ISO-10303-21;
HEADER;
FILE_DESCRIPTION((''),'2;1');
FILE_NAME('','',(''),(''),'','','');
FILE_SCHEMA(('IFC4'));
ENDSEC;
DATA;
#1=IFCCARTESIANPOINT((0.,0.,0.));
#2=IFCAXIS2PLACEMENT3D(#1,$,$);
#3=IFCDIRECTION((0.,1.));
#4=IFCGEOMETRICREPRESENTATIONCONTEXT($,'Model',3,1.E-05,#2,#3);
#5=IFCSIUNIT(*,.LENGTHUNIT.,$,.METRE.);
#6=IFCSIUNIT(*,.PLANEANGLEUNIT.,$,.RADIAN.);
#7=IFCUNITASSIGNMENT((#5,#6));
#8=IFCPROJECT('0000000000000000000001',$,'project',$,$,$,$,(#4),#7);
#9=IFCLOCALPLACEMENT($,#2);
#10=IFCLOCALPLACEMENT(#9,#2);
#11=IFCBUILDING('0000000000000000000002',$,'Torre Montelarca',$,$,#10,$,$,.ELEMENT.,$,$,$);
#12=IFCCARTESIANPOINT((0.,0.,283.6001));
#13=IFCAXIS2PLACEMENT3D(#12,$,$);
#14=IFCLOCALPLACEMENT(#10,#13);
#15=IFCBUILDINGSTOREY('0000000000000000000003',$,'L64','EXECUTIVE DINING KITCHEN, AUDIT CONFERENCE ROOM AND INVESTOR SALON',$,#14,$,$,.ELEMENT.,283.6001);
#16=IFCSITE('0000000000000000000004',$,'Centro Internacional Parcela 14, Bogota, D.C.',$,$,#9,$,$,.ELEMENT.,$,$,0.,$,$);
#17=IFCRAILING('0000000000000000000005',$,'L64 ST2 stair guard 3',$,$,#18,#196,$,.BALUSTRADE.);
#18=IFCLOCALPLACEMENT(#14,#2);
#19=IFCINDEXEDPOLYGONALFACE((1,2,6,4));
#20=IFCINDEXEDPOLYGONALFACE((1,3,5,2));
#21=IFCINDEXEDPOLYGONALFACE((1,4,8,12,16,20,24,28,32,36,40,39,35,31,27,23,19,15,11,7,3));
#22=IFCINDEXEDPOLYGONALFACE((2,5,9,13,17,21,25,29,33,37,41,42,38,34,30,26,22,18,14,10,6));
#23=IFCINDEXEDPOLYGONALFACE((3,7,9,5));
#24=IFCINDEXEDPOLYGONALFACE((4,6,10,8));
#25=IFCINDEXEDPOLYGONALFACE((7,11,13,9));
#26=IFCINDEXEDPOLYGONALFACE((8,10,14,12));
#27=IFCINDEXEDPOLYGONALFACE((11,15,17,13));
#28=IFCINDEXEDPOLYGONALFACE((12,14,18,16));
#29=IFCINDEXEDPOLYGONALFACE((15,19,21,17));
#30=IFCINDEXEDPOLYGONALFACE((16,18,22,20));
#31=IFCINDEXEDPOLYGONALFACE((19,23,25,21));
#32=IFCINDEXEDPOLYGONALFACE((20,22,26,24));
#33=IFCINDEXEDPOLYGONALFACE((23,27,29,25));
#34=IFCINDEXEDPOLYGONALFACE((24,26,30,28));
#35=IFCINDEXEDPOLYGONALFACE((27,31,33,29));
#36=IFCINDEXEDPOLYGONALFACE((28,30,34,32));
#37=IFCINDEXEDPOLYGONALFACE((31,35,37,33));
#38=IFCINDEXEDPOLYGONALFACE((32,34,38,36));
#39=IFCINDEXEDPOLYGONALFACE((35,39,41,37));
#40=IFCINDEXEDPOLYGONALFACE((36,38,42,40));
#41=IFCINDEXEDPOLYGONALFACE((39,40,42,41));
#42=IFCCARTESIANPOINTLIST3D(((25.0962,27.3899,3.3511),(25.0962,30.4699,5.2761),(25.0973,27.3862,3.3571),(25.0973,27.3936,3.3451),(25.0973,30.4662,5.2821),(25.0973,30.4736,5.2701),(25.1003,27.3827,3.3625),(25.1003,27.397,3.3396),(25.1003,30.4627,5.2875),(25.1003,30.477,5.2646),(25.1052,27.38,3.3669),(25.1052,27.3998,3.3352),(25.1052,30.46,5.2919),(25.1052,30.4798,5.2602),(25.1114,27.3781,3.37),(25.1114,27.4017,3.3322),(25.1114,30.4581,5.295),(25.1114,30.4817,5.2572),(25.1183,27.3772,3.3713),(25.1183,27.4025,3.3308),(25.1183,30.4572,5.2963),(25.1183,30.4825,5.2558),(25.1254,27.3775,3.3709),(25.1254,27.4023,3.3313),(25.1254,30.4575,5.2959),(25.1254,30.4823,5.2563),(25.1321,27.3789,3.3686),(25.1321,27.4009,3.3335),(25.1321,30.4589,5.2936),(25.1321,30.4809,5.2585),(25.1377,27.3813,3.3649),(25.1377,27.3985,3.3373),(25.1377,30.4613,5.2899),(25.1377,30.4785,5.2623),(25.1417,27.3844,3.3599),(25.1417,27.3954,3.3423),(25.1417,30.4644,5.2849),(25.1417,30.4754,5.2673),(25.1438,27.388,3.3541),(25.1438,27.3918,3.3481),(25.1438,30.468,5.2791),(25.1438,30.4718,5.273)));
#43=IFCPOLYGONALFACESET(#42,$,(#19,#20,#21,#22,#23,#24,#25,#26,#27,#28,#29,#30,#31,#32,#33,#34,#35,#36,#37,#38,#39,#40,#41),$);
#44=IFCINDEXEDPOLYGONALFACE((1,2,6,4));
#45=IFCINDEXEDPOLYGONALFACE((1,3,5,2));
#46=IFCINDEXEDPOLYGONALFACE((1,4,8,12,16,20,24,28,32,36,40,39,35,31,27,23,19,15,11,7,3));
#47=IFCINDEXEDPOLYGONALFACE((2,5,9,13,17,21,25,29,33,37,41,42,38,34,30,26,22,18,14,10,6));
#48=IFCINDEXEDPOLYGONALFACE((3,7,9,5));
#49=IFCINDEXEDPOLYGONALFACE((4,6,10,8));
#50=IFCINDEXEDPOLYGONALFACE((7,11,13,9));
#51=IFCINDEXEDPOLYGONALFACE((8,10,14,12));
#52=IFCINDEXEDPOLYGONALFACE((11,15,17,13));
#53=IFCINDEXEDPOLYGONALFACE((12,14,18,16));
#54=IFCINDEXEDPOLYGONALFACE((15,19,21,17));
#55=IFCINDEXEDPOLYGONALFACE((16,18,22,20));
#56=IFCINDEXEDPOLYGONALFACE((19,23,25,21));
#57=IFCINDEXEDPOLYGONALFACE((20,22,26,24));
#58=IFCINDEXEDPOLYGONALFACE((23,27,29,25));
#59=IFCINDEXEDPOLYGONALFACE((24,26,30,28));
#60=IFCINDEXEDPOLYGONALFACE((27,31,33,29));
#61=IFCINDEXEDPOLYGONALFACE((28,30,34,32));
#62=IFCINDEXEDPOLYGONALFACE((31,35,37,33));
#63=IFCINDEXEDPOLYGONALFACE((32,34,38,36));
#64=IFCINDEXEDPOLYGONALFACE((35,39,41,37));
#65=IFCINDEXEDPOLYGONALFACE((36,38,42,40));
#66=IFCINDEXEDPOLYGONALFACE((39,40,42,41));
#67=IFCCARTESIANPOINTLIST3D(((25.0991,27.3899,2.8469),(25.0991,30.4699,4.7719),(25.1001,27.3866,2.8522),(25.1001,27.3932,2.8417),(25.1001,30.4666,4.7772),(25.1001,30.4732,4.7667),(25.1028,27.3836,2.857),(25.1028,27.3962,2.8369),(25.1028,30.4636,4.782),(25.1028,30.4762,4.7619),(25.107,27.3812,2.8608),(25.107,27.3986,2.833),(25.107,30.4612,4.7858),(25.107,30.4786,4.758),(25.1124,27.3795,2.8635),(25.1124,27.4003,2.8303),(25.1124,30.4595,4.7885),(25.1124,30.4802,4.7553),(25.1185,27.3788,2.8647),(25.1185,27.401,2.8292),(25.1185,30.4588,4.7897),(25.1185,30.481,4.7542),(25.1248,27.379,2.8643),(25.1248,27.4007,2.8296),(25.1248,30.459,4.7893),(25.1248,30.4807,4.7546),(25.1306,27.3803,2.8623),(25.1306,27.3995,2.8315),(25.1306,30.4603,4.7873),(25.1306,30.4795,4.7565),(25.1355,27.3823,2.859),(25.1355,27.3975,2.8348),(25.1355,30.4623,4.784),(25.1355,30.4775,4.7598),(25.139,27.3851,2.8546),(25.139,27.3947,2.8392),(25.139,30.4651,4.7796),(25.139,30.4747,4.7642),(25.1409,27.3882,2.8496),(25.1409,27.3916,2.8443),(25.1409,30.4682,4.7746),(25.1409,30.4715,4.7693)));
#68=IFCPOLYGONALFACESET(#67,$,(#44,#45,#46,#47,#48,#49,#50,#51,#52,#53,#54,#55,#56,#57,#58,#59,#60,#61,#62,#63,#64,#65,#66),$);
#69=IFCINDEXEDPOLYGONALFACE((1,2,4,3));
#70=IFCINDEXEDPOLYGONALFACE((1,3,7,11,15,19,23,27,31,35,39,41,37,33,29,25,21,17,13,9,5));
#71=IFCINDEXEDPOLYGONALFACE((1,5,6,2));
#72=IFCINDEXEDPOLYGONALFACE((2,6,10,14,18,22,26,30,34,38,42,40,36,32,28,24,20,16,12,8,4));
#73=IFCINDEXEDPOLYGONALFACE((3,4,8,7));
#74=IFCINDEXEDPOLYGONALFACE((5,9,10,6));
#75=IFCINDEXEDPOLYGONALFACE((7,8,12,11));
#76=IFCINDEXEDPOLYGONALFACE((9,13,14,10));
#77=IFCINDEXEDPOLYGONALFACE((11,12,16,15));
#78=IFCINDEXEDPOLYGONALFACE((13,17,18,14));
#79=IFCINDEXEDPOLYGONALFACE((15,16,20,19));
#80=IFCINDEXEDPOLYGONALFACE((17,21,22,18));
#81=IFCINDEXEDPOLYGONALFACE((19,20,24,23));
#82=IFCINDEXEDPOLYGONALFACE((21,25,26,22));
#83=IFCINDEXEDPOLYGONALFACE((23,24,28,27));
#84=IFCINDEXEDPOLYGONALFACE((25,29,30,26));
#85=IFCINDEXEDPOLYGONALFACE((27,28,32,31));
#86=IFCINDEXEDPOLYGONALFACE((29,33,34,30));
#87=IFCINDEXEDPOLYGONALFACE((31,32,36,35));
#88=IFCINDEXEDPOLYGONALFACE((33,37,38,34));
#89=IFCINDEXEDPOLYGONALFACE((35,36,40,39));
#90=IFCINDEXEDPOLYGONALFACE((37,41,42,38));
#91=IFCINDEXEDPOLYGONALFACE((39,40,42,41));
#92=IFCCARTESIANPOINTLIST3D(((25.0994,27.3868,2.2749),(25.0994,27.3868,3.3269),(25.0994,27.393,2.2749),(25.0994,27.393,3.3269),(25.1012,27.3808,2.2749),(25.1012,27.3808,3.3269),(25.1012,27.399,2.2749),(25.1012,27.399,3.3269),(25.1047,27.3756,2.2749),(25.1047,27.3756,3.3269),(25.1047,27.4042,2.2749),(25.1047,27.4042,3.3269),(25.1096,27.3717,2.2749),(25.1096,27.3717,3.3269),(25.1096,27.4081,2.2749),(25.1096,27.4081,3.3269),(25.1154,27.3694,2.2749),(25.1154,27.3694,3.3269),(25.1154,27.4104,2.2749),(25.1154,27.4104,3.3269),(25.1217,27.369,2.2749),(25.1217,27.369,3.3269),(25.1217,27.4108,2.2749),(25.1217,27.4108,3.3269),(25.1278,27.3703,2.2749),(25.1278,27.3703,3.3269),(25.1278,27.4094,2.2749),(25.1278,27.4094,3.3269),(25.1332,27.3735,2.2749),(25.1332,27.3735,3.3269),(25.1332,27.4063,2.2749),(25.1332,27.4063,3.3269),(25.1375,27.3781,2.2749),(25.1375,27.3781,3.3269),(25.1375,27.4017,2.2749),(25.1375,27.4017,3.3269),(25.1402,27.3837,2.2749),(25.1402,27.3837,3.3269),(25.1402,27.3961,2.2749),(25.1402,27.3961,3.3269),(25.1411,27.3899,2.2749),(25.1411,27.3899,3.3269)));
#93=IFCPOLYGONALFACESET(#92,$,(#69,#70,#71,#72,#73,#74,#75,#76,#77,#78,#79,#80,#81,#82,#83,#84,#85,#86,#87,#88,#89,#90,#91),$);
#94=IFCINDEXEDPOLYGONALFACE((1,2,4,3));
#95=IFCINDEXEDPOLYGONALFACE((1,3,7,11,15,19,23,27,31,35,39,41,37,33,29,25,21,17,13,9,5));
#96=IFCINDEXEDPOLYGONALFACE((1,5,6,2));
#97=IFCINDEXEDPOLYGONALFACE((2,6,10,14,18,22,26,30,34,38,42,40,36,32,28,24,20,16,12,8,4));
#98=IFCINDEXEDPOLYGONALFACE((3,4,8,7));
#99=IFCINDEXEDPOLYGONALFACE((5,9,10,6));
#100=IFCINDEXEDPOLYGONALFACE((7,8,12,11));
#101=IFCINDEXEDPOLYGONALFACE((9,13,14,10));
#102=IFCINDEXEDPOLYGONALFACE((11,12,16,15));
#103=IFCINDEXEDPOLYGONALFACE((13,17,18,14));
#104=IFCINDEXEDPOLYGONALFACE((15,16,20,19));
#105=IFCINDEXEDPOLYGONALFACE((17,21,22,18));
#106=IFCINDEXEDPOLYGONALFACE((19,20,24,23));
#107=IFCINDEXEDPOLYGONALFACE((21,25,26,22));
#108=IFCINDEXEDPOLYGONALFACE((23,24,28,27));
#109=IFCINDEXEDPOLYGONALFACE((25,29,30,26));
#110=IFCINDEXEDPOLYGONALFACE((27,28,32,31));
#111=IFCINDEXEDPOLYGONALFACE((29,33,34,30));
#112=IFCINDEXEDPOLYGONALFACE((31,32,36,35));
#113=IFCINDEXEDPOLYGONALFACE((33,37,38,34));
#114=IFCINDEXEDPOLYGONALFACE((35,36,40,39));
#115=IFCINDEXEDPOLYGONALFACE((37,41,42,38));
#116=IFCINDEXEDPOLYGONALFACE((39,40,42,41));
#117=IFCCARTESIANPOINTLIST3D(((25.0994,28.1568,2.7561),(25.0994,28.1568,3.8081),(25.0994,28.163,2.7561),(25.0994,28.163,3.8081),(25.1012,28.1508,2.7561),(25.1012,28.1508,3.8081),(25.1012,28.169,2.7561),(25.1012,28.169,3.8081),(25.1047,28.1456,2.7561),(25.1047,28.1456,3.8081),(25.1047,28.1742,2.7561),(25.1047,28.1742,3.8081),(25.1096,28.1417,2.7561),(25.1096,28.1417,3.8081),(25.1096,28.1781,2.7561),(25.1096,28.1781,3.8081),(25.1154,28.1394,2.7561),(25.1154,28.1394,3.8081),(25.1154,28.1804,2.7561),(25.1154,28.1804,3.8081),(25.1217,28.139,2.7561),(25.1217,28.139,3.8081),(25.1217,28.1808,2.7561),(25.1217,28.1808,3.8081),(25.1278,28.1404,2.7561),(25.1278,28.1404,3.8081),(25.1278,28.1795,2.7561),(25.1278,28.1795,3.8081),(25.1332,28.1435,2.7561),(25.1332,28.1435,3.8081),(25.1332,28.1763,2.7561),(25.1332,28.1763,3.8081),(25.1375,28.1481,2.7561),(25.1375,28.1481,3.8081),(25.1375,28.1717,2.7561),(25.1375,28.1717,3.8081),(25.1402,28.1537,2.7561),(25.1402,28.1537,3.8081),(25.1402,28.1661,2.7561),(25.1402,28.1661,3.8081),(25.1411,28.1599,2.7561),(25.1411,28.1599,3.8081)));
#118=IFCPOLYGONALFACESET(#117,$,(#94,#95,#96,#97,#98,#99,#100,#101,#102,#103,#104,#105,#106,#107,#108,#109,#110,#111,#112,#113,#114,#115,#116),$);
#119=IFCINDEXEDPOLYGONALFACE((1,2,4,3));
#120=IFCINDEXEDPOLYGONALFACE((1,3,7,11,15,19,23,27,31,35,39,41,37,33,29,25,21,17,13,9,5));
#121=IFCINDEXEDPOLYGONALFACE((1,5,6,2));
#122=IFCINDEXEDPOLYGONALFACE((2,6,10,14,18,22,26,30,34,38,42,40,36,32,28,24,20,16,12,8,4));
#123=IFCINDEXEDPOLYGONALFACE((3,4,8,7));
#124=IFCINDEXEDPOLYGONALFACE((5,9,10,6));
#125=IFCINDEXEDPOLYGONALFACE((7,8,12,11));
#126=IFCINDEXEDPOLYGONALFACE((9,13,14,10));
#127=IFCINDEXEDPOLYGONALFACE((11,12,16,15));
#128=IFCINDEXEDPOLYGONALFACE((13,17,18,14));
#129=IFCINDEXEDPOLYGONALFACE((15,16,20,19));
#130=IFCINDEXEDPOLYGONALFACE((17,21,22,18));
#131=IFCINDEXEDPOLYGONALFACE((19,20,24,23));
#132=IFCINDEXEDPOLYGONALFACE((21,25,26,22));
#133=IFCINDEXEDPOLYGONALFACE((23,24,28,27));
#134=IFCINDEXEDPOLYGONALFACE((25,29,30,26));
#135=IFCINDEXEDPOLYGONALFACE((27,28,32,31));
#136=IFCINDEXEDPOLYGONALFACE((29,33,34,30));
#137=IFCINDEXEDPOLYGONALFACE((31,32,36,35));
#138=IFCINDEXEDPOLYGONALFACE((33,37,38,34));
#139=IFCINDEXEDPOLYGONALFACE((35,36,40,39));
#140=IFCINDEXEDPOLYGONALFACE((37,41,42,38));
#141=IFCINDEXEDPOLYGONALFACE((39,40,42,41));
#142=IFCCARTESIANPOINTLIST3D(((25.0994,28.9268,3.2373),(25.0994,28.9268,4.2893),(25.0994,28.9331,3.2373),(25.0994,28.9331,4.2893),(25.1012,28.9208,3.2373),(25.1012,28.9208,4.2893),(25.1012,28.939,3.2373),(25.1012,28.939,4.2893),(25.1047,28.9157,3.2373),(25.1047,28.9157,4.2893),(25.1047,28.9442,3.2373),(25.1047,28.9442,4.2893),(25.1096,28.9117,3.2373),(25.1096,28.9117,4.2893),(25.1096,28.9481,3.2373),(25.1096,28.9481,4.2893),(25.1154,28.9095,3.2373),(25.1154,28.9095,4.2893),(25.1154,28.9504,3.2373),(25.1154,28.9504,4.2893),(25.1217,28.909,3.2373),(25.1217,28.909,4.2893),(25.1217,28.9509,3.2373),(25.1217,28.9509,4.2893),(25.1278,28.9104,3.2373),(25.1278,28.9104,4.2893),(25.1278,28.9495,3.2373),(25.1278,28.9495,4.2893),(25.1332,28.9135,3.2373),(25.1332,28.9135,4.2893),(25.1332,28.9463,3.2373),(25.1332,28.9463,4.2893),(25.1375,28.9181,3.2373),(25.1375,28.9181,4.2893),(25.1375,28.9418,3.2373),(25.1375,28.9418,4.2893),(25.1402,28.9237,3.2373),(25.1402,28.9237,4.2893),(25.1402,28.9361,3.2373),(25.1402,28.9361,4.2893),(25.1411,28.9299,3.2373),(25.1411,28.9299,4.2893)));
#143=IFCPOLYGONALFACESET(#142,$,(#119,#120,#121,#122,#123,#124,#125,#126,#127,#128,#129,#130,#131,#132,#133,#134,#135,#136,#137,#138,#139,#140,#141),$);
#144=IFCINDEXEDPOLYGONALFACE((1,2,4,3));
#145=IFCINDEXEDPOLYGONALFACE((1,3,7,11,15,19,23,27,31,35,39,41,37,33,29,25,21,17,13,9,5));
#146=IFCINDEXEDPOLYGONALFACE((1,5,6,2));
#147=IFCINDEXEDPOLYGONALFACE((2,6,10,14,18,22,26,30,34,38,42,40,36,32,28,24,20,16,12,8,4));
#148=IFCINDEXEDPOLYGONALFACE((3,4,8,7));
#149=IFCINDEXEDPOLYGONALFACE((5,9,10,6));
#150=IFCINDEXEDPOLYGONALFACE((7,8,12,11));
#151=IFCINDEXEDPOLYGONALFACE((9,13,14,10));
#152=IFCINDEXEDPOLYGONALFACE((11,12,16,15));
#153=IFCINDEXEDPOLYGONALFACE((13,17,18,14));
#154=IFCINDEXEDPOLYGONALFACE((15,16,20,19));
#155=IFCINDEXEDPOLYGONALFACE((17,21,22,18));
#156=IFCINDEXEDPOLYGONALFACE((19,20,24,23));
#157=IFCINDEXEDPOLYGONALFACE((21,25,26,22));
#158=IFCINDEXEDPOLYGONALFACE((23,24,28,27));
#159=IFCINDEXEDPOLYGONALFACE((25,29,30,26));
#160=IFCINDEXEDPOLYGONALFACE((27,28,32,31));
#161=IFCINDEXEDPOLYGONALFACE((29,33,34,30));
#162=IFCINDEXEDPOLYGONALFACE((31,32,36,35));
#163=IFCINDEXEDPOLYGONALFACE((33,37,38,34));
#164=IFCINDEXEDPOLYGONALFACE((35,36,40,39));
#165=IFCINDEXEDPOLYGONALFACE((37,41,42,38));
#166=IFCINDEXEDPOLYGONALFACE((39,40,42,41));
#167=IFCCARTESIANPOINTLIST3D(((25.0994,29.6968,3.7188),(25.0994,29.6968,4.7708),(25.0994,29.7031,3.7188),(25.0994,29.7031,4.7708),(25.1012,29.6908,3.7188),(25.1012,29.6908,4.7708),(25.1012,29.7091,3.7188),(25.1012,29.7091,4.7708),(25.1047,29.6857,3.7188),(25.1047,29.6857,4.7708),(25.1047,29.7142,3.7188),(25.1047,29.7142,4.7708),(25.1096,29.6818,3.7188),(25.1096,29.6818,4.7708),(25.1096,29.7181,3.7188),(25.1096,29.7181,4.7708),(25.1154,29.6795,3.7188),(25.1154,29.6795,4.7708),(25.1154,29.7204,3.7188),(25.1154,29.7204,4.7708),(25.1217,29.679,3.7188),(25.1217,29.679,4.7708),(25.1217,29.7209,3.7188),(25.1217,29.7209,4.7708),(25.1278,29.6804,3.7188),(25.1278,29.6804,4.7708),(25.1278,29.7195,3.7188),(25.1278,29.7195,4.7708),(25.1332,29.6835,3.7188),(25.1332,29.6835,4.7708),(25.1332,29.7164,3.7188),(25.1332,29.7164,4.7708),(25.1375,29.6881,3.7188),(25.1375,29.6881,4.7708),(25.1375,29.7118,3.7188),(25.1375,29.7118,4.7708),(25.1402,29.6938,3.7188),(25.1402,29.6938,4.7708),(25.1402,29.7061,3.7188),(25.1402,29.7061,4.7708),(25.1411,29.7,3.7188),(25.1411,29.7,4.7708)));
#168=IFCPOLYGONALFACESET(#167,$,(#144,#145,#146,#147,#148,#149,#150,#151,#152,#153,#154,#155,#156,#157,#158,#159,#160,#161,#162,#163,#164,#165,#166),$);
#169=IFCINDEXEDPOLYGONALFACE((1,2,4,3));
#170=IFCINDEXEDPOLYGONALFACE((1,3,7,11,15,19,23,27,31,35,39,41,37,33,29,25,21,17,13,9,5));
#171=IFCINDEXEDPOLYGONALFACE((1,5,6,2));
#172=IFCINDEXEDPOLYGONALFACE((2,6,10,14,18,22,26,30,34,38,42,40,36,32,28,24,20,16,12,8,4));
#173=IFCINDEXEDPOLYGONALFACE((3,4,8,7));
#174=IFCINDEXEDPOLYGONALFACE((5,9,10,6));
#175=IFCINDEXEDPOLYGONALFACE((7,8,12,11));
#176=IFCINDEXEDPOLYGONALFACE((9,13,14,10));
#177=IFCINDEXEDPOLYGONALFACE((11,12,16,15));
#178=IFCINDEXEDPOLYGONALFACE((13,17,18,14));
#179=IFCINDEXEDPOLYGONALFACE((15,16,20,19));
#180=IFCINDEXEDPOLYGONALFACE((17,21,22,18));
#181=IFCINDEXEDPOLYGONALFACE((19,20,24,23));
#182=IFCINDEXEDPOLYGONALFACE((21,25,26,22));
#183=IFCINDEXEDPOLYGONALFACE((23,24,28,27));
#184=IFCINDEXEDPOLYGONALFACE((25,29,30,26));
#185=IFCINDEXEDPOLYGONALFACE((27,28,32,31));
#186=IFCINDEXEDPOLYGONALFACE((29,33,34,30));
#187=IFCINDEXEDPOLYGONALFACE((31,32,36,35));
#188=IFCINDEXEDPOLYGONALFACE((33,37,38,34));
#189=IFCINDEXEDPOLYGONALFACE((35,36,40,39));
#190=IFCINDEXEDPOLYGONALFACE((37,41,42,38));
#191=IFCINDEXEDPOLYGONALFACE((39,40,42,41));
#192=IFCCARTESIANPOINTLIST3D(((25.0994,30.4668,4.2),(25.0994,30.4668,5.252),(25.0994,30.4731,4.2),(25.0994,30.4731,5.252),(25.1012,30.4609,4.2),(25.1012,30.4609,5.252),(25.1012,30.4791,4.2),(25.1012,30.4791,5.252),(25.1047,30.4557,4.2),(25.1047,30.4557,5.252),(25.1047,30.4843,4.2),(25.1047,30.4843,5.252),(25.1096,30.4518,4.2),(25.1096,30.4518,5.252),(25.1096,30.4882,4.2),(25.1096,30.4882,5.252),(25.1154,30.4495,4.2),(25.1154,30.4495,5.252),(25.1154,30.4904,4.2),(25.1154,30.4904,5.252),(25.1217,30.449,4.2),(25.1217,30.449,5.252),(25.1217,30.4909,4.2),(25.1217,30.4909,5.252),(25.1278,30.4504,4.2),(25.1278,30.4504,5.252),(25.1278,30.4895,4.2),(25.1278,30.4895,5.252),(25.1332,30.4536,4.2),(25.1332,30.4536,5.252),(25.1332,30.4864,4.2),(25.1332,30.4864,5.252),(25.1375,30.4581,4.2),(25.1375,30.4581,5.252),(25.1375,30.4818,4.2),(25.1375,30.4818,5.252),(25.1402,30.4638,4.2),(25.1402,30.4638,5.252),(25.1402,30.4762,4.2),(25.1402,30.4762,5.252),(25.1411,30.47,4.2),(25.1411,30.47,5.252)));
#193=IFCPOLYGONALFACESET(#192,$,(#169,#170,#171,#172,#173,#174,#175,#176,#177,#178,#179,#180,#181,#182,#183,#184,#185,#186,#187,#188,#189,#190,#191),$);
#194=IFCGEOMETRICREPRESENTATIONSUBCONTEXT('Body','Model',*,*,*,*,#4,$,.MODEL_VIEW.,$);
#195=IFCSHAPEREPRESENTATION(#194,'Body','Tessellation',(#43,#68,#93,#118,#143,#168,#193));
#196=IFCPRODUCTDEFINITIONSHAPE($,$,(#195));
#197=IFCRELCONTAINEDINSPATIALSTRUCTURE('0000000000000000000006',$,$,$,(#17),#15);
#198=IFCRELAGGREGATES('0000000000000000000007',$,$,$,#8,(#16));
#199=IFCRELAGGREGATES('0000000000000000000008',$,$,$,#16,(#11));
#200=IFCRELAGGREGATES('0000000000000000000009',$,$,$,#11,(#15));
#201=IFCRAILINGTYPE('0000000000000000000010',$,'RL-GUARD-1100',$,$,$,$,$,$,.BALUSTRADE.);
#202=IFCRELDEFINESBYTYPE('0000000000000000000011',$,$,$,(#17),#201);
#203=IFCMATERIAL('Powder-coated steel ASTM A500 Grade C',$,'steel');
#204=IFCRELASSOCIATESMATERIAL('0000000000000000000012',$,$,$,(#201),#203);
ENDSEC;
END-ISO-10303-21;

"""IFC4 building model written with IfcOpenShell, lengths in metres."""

from ifc_helpers import new_model, si_unit, direction, frame, origin, origin_2d, place, context, subcontext, project, spatial, circle, extrude, material, type_object, element, save


model = new_model("IFC4")

# Units and contexts
model_context = context("Model", 3, precision=1e-05, world=origin(), true_north=direction((0.0, 1.0)))
body_context = subcontext(model_context, "Body", "Model", "MODEL_VIEW")
ifc_project = project(units=[si_unit("LENGTHUNIT", "METRE"), si_unit("PLANEANGLEUNIT", "RADIAN")], contexts=[model_context])

# Site, building, storey
site_placement = place(None, origin())
site = spatial("IfcSite", under=ifc_project, at=site_placement, Name="Centro Internacional Parcela 14, Bogota, D.C.", CompositionType="ELEMENT", RefElevation=0.0)
building_placement = place(site_placement, origin())
building = spatial("IfcBuilding", under=site, at=building_placement, Name="Torre Montelarca", CompositionType="ELEMENT")
storey_placement = place(building_placement, frame((0.0, 0.0, 283.6001)))
storey = spatial("IfcBuildingStorey", under=building, at=storey_placement, Name="L64", Description="EXECUTIVE DINING KITCHEN, AUDIT CONFERENCE ROOM AND INVESTOR SALON", CompositionType="ELEMENT", Elevation=283.6001)

# Railing
ifc_material_1 = material(Name="Powder-coated steel ASTM A500 Grade C", Category="steel")
railing_type_1 = type_object("IfcRailingType", Name="RL-GUARD-1100", PredefinedType="BALUSTRADE", material=ifc_material_1)
railing_1_placement = place(storey_placement, frame((25.1201, 27.3899, 2.2749)))
element("IfcRailing", 1, at=railing_1_placement, inside=storey, type_object=railing_type_1, Name="L64 ST2 stair guard 3", PredefinedType="BALUSTRADE", context=body_context, shape_type="SweptSolid", body=[
    extrude(circle(Radius=0.0239, at=origin_2d()), frame((0.0, 0.0, 1.0762), z_axis=(0.0, 0.847998, 0.529999), x_axis=(-1.0, 0.0, 0.0)), (0.0, 0.0, 1.0), 3.6321),
    extrude(circle(Radius=0.021, at=origin_2d()), frame((0.0, 0.0, 0.572), z_axis=(0.0, 0.847998, 0.529999), x_axis=(-1.0, 0.0, 0.0)), (0.0, 0.0, 1.0), 3.6321),
    extrude(circle(Radius=0.021, at=origin_2d()), origin(), (0.0, 0.0, 1.0), 1.052),
    extrude(circle(Radius=0.021, at=origin_2d()), frame((0.0, 0.77, 0.4812)), (0.0, 0.0, 1.0), 1.052),
    extrude(circle(Radius=0.021, at=origin_2d()), frame((0.0, 1.54, 0.9624)), (0.0, 0.0, 1.0), 1.052),
    extrude(circle(Radius=0.021, at=origin_2d()), frame((0.0, 2.3101, 1.4438)), (0.0, 0.0, 1.0), 1.052),
    extrude(circle(Radius=0.021, at=origin_2d()), frame((0.0, 3.0801, 1.925)), (0.0, 0.0, 1.0), 1.052),
])

save(model, "model.ifc")
